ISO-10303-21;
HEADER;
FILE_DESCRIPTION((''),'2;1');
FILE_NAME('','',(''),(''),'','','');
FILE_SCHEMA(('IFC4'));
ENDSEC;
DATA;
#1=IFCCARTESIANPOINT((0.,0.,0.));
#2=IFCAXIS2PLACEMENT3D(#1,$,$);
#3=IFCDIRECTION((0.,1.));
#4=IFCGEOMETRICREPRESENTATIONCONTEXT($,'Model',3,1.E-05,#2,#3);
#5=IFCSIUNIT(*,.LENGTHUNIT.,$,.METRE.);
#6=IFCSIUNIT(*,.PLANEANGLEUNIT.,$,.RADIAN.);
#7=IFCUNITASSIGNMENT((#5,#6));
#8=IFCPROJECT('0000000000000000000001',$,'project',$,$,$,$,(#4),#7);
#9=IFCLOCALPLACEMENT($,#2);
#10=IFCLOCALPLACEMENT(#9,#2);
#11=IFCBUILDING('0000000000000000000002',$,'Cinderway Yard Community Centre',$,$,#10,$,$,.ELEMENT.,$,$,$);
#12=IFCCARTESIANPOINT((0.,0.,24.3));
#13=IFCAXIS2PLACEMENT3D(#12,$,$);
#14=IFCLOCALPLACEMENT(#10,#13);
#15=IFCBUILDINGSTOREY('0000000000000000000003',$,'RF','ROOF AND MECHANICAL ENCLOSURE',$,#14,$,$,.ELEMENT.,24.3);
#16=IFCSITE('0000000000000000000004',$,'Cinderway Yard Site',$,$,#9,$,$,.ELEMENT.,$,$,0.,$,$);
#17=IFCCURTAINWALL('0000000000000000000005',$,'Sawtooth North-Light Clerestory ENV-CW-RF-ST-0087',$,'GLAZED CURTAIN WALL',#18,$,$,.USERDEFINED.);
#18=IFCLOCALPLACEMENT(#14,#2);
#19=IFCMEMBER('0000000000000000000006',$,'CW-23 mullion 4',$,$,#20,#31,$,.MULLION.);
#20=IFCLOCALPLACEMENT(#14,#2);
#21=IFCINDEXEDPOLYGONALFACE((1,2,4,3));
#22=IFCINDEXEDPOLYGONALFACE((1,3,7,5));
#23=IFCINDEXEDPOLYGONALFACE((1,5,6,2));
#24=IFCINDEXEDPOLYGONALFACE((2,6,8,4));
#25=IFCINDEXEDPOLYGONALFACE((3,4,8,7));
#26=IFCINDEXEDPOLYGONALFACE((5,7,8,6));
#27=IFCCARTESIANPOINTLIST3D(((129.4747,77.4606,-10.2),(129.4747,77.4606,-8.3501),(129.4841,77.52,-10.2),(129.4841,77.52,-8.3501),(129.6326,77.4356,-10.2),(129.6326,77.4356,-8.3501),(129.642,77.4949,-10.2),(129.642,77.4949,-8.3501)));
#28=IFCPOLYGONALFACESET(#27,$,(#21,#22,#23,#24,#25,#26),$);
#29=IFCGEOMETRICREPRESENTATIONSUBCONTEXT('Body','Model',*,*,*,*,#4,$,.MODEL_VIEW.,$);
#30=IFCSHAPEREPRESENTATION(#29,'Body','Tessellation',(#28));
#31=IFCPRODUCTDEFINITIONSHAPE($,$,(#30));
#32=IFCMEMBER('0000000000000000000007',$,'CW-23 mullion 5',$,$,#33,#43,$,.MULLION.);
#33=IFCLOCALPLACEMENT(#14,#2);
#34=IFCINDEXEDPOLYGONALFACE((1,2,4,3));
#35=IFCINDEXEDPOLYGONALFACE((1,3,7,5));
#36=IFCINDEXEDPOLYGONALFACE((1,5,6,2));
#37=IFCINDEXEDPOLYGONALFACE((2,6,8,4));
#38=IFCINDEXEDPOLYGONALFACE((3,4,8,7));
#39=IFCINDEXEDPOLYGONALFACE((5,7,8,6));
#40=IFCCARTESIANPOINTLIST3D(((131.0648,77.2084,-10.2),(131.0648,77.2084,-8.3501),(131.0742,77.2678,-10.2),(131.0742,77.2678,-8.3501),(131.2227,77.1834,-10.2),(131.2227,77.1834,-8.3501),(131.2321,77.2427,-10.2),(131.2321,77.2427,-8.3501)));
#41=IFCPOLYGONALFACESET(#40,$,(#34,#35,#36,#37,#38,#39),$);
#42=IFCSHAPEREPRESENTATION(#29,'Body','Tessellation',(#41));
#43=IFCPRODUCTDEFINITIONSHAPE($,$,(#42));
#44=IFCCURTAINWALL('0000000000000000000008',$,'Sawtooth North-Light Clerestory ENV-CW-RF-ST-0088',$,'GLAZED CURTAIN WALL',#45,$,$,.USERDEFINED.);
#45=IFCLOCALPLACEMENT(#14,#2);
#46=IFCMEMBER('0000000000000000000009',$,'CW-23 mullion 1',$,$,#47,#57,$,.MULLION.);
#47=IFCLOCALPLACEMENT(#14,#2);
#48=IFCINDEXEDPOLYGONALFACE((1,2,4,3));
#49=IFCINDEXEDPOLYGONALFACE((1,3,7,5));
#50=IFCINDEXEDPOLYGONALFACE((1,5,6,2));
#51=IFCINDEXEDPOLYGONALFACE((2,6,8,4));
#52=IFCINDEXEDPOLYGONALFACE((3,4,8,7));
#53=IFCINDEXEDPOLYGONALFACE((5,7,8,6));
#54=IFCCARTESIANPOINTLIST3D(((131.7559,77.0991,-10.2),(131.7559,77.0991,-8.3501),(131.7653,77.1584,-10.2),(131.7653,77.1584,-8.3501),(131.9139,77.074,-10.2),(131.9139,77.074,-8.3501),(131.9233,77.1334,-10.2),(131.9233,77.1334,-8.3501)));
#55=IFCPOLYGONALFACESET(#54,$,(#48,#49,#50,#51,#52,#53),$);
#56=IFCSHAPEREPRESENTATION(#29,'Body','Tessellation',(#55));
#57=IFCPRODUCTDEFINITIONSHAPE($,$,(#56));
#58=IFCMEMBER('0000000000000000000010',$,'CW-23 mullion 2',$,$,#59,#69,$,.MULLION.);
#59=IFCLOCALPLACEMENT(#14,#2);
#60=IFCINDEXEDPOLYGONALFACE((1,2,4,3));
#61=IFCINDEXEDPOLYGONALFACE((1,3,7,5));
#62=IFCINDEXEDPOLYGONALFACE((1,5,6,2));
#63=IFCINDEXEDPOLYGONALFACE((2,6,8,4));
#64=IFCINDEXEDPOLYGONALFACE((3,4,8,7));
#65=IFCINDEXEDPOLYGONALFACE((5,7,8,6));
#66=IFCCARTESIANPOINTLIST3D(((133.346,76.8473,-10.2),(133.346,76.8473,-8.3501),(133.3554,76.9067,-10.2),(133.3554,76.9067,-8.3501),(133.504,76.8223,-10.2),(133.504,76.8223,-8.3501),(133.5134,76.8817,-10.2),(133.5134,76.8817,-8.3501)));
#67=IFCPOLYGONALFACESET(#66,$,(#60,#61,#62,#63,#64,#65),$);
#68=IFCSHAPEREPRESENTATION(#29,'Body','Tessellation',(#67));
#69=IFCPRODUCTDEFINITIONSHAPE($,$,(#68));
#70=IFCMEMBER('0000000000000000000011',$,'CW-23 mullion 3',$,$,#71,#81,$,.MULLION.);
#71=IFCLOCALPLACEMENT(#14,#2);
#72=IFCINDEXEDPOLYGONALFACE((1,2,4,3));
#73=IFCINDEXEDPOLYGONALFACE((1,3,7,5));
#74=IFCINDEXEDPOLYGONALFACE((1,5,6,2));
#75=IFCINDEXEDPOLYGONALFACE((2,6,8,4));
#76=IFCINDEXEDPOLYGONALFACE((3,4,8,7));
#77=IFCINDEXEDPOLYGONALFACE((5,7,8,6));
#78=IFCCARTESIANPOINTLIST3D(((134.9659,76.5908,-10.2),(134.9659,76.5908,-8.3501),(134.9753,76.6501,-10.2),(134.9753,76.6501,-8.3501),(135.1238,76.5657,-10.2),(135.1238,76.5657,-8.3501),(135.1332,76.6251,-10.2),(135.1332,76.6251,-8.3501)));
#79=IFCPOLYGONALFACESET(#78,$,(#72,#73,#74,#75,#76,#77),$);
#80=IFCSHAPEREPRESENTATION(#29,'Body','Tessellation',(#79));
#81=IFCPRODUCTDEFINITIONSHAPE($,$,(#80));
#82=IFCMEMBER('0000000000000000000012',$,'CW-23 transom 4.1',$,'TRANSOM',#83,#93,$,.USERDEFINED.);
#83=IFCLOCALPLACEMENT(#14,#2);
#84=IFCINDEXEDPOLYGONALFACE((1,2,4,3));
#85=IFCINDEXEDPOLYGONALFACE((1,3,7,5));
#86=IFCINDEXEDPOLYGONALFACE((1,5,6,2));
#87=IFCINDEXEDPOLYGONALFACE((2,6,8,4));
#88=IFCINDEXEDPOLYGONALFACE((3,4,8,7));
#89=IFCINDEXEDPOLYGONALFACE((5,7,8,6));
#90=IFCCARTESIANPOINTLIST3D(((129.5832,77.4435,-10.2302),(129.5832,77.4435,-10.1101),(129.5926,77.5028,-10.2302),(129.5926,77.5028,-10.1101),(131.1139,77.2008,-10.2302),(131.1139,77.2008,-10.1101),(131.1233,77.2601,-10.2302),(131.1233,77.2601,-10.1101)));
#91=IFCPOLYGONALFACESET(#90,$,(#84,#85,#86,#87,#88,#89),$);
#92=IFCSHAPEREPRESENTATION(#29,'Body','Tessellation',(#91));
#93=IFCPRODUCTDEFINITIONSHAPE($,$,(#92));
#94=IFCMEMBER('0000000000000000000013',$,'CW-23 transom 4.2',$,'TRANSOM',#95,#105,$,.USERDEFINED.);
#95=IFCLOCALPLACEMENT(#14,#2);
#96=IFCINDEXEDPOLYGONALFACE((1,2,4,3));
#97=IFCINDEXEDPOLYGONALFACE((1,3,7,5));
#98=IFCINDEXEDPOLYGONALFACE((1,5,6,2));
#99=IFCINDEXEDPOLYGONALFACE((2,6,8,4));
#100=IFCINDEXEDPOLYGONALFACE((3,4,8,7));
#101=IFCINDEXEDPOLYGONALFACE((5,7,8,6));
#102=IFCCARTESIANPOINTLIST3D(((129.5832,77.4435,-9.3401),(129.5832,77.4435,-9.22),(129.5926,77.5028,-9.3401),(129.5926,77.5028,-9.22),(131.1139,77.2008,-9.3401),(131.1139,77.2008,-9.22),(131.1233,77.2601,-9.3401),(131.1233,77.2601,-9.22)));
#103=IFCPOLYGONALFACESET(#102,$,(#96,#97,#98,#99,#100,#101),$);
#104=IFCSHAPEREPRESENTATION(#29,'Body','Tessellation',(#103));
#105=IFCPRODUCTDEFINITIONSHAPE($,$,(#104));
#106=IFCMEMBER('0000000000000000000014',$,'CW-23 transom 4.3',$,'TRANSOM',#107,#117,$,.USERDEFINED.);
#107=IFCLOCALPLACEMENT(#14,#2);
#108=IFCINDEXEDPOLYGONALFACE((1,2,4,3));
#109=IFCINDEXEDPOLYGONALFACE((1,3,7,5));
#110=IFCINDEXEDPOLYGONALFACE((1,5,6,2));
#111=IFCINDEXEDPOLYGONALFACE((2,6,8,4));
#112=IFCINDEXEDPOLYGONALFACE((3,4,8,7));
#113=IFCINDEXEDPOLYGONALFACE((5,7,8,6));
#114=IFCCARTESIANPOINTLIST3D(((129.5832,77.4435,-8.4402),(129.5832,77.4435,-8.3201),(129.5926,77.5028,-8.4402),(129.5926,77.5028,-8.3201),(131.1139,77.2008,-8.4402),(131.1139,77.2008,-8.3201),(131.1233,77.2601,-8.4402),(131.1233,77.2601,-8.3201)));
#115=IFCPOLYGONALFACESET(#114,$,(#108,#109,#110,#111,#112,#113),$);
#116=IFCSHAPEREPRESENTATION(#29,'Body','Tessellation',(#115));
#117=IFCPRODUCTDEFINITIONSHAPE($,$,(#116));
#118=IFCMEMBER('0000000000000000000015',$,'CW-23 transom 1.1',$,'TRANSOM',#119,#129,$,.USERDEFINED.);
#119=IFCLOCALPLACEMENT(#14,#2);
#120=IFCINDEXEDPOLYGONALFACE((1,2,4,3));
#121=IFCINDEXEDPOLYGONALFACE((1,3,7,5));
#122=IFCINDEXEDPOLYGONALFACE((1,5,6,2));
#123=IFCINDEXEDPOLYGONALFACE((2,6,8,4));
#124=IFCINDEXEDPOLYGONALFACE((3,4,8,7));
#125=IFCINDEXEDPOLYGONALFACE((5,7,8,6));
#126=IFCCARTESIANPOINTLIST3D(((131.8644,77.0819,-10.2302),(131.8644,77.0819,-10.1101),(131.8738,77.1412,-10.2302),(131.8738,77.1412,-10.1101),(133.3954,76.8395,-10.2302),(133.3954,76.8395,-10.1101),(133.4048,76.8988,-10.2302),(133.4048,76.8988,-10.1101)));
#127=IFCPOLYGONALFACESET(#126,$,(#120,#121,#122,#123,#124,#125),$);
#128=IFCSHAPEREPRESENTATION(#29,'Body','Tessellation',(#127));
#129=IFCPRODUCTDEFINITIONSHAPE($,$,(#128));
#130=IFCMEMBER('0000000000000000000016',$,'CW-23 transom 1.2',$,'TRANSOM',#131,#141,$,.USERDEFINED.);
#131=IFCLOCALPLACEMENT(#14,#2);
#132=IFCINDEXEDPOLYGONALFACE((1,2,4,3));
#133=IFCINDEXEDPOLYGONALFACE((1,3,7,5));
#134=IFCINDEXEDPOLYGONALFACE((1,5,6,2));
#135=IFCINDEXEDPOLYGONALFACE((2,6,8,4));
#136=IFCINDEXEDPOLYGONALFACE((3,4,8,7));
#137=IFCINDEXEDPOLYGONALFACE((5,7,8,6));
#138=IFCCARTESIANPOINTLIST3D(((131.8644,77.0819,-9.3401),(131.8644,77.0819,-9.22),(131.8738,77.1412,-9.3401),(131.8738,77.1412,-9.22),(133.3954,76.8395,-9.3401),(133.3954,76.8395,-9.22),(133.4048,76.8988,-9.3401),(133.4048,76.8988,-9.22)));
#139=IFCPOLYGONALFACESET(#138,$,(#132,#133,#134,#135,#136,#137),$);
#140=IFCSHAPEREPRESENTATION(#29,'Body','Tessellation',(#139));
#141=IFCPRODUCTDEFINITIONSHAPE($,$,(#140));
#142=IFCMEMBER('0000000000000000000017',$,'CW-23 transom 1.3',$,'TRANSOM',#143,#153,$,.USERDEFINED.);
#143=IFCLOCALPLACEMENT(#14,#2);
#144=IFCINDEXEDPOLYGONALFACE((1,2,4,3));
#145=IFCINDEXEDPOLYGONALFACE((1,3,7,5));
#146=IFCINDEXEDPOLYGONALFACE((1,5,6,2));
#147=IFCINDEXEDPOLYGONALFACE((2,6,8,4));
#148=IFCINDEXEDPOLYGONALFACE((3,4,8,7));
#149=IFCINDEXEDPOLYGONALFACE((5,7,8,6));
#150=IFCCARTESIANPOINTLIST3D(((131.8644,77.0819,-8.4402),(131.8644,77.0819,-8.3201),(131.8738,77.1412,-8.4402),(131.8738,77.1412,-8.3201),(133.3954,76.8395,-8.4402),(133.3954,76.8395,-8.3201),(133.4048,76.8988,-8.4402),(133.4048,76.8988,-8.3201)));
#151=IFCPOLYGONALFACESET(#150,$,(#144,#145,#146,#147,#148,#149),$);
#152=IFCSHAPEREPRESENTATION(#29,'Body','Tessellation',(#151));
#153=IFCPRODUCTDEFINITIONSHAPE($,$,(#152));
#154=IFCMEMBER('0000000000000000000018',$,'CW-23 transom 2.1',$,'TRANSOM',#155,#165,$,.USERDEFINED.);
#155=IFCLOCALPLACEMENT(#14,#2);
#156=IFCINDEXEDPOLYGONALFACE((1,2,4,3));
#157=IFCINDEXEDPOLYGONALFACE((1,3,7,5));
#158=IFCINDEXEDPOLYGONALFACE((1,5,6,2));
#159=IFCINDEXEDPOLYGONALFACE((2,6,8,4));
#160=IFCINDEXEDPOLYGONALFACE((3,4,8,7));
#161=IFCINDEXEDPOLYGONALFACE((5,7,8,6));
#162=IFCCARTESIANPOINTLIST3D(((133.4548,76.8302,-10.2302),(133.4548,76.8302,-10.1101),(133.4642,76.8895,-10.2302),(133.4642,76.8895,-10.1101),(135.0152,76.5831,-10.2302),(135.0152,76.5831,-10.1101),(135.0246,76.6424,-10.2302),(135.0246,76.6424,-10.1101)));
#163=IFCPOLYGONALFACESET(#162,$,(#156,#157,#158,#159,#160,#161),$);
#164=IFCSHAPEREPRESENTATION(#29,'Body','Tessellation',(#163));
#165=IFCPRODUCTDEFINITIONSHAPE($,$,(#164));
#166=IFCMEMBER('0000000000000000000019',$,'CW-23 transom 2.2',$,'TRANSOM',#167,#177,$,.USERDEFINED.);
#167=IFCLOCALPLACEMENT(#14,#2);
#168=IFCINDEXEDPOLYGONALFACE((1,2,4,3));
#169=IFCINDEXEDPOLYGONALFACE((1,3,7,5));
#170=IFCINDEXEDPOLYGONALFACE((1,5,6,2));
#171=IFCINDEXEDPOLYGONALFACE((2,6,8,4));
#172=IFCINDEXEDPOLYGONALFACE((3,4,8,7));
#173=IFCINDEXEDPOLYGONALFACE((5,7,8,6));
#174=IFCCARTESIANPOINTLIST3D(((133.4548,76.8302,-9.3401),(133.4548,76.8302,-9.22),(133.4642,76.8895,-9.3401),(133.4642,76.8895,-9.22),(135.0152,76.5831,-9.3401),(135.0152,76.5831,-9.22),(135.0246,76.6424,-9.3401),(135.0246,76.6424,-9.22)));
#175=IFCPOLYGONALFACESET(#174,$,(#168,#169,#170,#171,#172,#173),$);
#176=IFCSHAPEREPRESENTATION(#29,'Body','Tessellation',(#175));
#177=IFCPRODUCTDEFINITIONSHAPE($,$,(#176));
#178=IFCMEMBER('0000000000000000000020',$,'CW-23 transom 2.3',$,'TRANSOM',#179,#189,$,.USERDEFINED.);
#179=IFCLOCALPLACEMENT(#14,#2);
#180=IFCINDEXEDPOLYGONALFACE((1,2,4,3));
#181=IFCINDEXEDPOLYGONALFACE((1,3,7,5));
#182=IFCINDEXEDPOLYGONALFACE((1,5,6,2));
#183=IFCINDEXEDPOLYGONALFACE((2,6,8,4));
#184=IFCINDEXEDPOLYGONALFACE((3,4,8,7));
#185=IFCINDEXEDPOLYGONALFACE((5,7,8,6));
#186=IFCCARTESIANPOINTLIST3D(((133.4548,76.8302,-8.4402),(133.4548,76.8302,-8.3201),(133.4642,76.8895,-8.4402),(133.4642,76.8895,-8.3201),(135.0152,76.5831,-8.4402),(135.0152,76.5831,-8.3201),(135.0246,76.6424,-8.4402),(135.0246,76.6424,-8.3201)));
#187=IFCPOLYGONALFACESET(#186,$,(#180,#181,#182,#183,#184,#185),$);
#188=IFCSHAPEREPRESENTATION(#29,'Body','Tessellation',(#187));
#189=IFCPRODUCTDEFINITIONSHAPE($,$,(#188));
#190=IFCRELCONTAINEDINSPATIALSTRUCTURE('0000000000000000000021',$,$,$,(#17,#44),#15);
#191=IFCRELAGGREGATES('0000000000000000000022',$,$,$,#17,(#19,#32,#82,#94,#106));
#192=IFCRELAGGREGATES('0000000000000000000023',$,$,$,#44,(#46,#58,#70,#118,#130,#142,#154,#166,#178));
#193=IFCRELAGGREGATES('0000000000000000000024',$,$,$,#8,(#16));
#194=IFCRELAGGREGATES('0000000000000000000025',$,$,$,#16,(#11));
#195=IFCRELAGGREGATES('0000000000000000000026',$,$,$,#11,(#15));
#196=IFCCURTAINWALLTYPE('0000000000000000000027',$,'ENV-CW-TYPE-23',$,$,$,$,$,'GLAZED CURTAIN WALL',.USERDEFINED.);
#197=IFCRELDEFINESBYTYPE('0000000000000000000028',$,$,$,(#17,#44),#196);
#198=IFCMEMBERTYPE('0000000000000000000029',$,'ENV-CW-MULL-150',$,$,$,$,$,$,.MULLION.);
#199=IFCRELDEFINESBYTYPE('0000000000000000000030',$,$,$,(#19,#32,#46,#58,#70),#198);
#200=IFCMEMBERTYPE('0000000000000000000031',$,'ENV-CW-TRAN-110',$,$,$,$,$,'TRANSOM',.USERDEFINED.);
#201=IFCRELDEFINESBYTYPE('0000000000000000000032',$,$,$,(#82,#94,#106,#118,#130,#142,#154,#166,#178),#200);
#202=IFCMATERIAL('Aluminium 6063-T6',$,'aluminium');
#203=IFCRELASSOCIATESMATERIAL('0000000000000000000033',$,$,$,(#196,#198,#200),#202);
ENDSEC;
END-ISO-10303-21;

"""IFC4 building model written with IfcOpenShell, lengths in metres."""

from ifc_helpers import new_model, si_unit, direction, frame, origin, origin_2d, place, context, subcontext, project, spatial, rectangle, extrude, material, material_profile, profile_set, type_object, element, aggregate, save


model = new_model("IFC4")

# Units and contexts
model_context = context("Model", 3, precision=1e-05, world=origin(), true_north=direction((0.0, 1.0)))
body_context = subcontext(model_context, "Body", "Model", "MODEL_VIEW")
ifc_project = project(units=[si_unit("LENGTHUNIT", "METRE"), si_unit("PLANEANGLEUNIT", "RADIAN")], contexts=[model_context])

# Site, building, storey
site_placement = place(None, origin())
site = spatial("IfcSite", under=ifc_project, at=site_placement, Name="Cinderway Yard Site", CompositionType="ELEMENT", RefElevation=0.0)
building_placement = place(site_placement, origin())
building = spatial("IfcBuilding", under=site, at=building_placement, Name="Cinderway Yard Community Centre", CompositionType="ELEMENT")
storey_placement = place(building_placement, frame((0.0, 0.0, 24.3)))
storey = spatial("IfcBuildingStorey", under=building, at=storey_placement, Name="RF", Description="ROOF AND MECHANICAL ENCLOSURE", CompositionType="ELEMENT", Elevation=24.3)

# Curtain walls, members
ifc_material_1 = material(Name="Aluminium 6063-T6", Category="aluminium")
curtain_wall_type = type_object("IfcCurtainWallType", Name="ENV-CW-TYPE-23", ElementType="GLAZED CURTAIN WALL", PredefinedType="USERDEFINED", material=ifc_material_1)
curtain_wall_1_placement = place(storey_placement, origin())
curtain_wall_1 = element("IfcCurtainWall", 1, at=curtain_wall_1_placement, inside=storey, type_object=curtain_wall_type, Name="Sawtooth North-Light Clerestory ENV-CW-RF-ST-0087", ObjectType="GLAZED CURTAIN WALL", PredefinedType="USERDEFINED")
ifc_material_profile_1 = material_profile(ifc_material_1, rectangle(XDim=0.0601, YDim=0.1599, at=origin_2d()), Name="Aluminium 6063-T6")
ifc_profile_set_1 = profile_set([ifc_material_profile_1], Name="Aluminium 6063-T6")
member_type_1 = type_object("IfcMemberType", Name="ENV-CW-MULL-150", PredefinedType="MULLION", material=ifc_profile_set_1)
member_1_placement = place(storey_placement, frame((129.5583, 77.4778, -10.2), z_axis=(0.0, 0.0, 1.0), x_axis=(0.156557, 0.987669, 0.0)))
member_1 = element("IfcMember", 2, at=member_1_placement, type_object=member_type_1, Name="CW-23 mullion 4", PredefinedType="MULLION", context=body_context, shape_type="SweptSolid", body=[
    extrude(rectangle(XDim=0.0601, YDim=0.1599, at=origin_2d()), origin(), (0.0, 0.0, 1.0), 1.8499),
])
member_2_placement = place(storey_placement, frame((131.1484, 77.2256, -10.2), z_axis=(0.0, 0.0, 1.0), x_axis=(0.156557, 0.987669, 0.0)))
member_2 = element("IfcMember", 3, at=member_2_placement, type_object=member_type_1, Name="CW-23 mullion 5", PredefinedType="MULLION", context=body_context, shape_type="SweptSolid", body=[
    extrude(rectangle(XDim=0.0601, YDim=0.1599, at=origin_2d()), origin(), (0.0, 0.0, 1.0), 1.8499),
])
curtain_wall_2_placement = place(storey_placement, origin())
curtain_wall_2 = element("IfcCurtainWall", 4, at=curtain_wall_2_placement, inside=storey, type_object=curtain_wall_type, Name="Sawtooth North-Light Clerestory ENV-CW-RF-ST-0088", ObjectType="GLAZED CURTAIN WALL", PredefinedType="USERDEFINED")
member_3_placement = place(storey_placement, frame((131.8396, 77.1162, -10.2), z_axis=(0.0, 0.0, 1.0), x_axis=(0.156409, 0.987692, 0.0)))
member_3 = element("IfcMember", 5, at=member_3_placement, type_object=member_type_1, Name="CW-23 mullion 1", PredefinedType="MULLION", context=body_context, shape_type="SweptSolid", body=[
    extrude(rectangle(XDim=0.0601, YDim=0.1599, at=origin_2d()), origin(), (0.0, 0.0, 1.0), 1.8499),
])
member_4_placement = place(storey_placement, frame((133.4297, 76.8645, -10.2), z_axis=(0.0, 0.0, 1.0), x_axis=(0.156409, 0.987692, 0.0)))
member_4 = element("IfcMember", 6, at=member_4_placement, type_object=member_type_1, Name="CW-23 mullion 2", PredefinedType="MULLION", context=body_context, shape_type="SweptSolid", body=[
    extrude(rectangle(XDim=0.0601, YDim=0.1599, at=origin_2d()), origin(), (0.0, 0.0, 1.0), 1.8499),
])
member_5_placement = place(storey_placement, frame((135.0496, 76.6079, -10.2), z_axis=(0.0, 0.0, 1.0), x_axis=(0.156409, 0.987692, 0.0)))
member_5 = element("IfcMember", 7, at=member_5_placement, type_object=member_type_1, Name="CW-23 mullion 3", PredefinedType="MULLION", context=body_context, shape_type="SweptSolid", body=[
    extrude(rectangle(XDim=0.0601, YDim=0.1599, at=origin_2d()), origin(), (0.0, 0.0, 1.0), 1.8499),
])

# Members
ifc_material_profile_2 = material_profile(ifc_material_1, rectangle(XDim=0.0601, YDim=0.1201, at=origin_2d()), Name="Aluminium 6063-T6")
ifc_profile_set_2 = profile_set([ifc_material_profile_2], Name="Aluminium 6063-T6")
member_type_2 = type_object("IfcMemberType", Name="ENV-CW-TRAN-110", ElementType="TRANSOM", PredefinedType="USERDEFINED", material=ifc_profile_set_2)
member_6_placement = place(storey_placement, frame((129.5879, 77.4731, -10.1702), z_axis=(0.987666, -0.156577, 0.0), x_axis=(0.156577, 0.987666, 0.0)))
member_6 = element("IfcMember", 8, at=member_6_placement, type_object=member_type_2, Name="CW-23 transom 4.1", ObjectType="TRANSOM", PredefinedType="USERDEFINED", context=body_context, shape_type="SweptSolid", body=[
    extrude(rectangle(XDim=0.0601, YDim=0.1201, at=origin_2d()), origin(), (0.0, 0.0, 1.0), 1.5498),
])
member_7_placement = place(storey_placement, frame((129.5879, 77.4731, -9.28), z_axis=(0.987666, -0.156577, 0.0), x_axis=(0.156577, 0.987666, 0.0)))
member_7 = element("IfcMember", 9, at=member_7_placement, type_object=member_type_2, Name="CW-23 transom 4.2", ObjectType="TRANSOM", PredefinedType="USERDEFINED", context=body_context, shape_type="SweptSolid", body=[
    extrude(rectangle(XDim=0.0601, YDim=0.1201, at=origin_2d()), origin(), (0.0, 0.0, 1.0), 1.5498),
])
member_8_placement = place(storey_placement, frame((129.5879, 77.4731, -8.3801), z_axis=(0.987666, -0.156577, 0.0), x_axis=(0.156577, 0.987666, 0.0)))
member_8 = element("IfcMember", 10, at=member_8_placement, type_object=member_type_2, Name="CW-23 transom 4.3", ObjectType="TRANSOM", PredefinedType="USERDEFINED", context=body_context, shape_type="SweptSolid", body=[
    extrude(rectangle(XDim=0.0601, YDim=0.1201, at=origin_2d()), origin(), (0.0, 0.0, 1.0), 1.5498),
])
member_9_placement = place(storey_placement, frame((131.8691, 77.1116, -10.1702), z_axis=(0.987694, -0.156399, 0.0), x_axis=(0.156399, 0.987694, 0.0)))
member_9 = element("IfcMember", 11, at=member_9_placement, type_object=member_type_2, Name="CW-23 transom 1.1", ObjectType="TRANSOM", PredefinedType="USERDEFINED", context=body_context, shape_type="SweptSolid", body=[
    extrude(rectangle(XDim=0.0601, YDim=0.1201, at=origin_2d()), origin(), (0.0, 0.0, 1.0), 1.55),
])
member_10_placement = place(storey_placement, frame((131.8691, 77.1116, -9.28), z_axis=(0.987694, -0.156399, 0.0), x_axis=(0.156399, 0.987694, 0.0)))
member_10 = element("IfcMember", 12, at=member_10_placement, type_object=member_type_2, Name="CW-23 transom 1.2", ObjectType="TRANSOM", PredefinedType="USERDEFINED", context=body_context, shape_type="SweptSolid", body=[
    extrude(rectangle(XDim=0.0601, YDim=0.1201, at=origin_2d()), origin(), (0.0, 0.0, 1.0), 1.55),
])
member_11_placement = place(storey_placement, frame((131.8691, 77.1116, -8.3801), z_axis=(0.987694, -0.156399, 0.0), x_axis=(0.156399, 0.987694, 0.0)))
member_11 = element("IfcMember", 13, at=member_11_placement, type_object=member_type_2, Name="CW-23 transom 1.3", ObjectType="TRANSOM", PredefinedType="USERDEFINED", context=body_context, shape_type="SweptSolid", body=[
    extrude(rectangle(XDim=0.0601, YDim=0.1201, at=origin_2d()), origin(), (0.0, 0.0, 1.0), 1.55),
])
member_12_placement = place(storey_placement, frame((133.4595, 76.8599, -10.1702), z_axis=(0.987694, -0.156399, 0.0), x_axis=(0.156399, 0.987694, 0.0)))
member_12 = element("IfcMember", 14, at=member_12_placement, type_object=member_type_2, Name="CW-23 transom 2.1", ObjectType="TRANSOM", PredefinedType="USERDEFINED", context=body_context, shape_type="SweptSolid", body=[
    extrude(rectangle(XDim=0.0601, YDim=0.1201, at=origin_2d()), origin(), (0.0, 0.0, 1.0), 1.5798),
])
member_13_placement = place(storey_placement, frame((133.4595, 76.8599, -9.28), z_axis=(0.987694, -0.156399, 0.0), x_axis=(0.156399, 0.987694, 0.0)))
member_13 = element("IfcMember", 15, at=member_13_placement, type_object=member_type_2, Name="CW-23 transom 2.2", ObjectType="TRANSOM", PredefinedType="USERDEFINED", context=body_context, shape_type="SweptSolid", body=[
    extrude(rectangle(XDim=0.0601, YDim=0.1201, at=origin_2d()), origin(), (0.0, 0.0, 1.0), 1.5798),
])
member_14_placement = place(storey_placement, frame((133.4595, 76.8599, -8.3801), z_axis=(0.987694, -0.156399, 0.0), x_axis=(0.156399, 0.987694, 0.0)))
member_14 = element("IfcMember", 16, at=member_14_placement, type_object=member_type_2, Name="CW-23 transom 2.3", ObjectType="TRANSOM", PredefinedType="USERDEFINED", context=body_context, shape_type="SweptSolid", body=[
    extrude(rectangle(XDim=0.0601, YDim=0.1201, at=origin_2d()), origin(), (0.0, 0.0, 1.0), 1.5798),
])

aggregate(curtain_wall_1, [member_1, member_2, member_6, member_7, member_8])
aggregate(curtain_wall_2, [member_3, member_4, member_5, member_9, member_10, member_11, member_12, member_13, member_14])

save(model, "model.ifc")
